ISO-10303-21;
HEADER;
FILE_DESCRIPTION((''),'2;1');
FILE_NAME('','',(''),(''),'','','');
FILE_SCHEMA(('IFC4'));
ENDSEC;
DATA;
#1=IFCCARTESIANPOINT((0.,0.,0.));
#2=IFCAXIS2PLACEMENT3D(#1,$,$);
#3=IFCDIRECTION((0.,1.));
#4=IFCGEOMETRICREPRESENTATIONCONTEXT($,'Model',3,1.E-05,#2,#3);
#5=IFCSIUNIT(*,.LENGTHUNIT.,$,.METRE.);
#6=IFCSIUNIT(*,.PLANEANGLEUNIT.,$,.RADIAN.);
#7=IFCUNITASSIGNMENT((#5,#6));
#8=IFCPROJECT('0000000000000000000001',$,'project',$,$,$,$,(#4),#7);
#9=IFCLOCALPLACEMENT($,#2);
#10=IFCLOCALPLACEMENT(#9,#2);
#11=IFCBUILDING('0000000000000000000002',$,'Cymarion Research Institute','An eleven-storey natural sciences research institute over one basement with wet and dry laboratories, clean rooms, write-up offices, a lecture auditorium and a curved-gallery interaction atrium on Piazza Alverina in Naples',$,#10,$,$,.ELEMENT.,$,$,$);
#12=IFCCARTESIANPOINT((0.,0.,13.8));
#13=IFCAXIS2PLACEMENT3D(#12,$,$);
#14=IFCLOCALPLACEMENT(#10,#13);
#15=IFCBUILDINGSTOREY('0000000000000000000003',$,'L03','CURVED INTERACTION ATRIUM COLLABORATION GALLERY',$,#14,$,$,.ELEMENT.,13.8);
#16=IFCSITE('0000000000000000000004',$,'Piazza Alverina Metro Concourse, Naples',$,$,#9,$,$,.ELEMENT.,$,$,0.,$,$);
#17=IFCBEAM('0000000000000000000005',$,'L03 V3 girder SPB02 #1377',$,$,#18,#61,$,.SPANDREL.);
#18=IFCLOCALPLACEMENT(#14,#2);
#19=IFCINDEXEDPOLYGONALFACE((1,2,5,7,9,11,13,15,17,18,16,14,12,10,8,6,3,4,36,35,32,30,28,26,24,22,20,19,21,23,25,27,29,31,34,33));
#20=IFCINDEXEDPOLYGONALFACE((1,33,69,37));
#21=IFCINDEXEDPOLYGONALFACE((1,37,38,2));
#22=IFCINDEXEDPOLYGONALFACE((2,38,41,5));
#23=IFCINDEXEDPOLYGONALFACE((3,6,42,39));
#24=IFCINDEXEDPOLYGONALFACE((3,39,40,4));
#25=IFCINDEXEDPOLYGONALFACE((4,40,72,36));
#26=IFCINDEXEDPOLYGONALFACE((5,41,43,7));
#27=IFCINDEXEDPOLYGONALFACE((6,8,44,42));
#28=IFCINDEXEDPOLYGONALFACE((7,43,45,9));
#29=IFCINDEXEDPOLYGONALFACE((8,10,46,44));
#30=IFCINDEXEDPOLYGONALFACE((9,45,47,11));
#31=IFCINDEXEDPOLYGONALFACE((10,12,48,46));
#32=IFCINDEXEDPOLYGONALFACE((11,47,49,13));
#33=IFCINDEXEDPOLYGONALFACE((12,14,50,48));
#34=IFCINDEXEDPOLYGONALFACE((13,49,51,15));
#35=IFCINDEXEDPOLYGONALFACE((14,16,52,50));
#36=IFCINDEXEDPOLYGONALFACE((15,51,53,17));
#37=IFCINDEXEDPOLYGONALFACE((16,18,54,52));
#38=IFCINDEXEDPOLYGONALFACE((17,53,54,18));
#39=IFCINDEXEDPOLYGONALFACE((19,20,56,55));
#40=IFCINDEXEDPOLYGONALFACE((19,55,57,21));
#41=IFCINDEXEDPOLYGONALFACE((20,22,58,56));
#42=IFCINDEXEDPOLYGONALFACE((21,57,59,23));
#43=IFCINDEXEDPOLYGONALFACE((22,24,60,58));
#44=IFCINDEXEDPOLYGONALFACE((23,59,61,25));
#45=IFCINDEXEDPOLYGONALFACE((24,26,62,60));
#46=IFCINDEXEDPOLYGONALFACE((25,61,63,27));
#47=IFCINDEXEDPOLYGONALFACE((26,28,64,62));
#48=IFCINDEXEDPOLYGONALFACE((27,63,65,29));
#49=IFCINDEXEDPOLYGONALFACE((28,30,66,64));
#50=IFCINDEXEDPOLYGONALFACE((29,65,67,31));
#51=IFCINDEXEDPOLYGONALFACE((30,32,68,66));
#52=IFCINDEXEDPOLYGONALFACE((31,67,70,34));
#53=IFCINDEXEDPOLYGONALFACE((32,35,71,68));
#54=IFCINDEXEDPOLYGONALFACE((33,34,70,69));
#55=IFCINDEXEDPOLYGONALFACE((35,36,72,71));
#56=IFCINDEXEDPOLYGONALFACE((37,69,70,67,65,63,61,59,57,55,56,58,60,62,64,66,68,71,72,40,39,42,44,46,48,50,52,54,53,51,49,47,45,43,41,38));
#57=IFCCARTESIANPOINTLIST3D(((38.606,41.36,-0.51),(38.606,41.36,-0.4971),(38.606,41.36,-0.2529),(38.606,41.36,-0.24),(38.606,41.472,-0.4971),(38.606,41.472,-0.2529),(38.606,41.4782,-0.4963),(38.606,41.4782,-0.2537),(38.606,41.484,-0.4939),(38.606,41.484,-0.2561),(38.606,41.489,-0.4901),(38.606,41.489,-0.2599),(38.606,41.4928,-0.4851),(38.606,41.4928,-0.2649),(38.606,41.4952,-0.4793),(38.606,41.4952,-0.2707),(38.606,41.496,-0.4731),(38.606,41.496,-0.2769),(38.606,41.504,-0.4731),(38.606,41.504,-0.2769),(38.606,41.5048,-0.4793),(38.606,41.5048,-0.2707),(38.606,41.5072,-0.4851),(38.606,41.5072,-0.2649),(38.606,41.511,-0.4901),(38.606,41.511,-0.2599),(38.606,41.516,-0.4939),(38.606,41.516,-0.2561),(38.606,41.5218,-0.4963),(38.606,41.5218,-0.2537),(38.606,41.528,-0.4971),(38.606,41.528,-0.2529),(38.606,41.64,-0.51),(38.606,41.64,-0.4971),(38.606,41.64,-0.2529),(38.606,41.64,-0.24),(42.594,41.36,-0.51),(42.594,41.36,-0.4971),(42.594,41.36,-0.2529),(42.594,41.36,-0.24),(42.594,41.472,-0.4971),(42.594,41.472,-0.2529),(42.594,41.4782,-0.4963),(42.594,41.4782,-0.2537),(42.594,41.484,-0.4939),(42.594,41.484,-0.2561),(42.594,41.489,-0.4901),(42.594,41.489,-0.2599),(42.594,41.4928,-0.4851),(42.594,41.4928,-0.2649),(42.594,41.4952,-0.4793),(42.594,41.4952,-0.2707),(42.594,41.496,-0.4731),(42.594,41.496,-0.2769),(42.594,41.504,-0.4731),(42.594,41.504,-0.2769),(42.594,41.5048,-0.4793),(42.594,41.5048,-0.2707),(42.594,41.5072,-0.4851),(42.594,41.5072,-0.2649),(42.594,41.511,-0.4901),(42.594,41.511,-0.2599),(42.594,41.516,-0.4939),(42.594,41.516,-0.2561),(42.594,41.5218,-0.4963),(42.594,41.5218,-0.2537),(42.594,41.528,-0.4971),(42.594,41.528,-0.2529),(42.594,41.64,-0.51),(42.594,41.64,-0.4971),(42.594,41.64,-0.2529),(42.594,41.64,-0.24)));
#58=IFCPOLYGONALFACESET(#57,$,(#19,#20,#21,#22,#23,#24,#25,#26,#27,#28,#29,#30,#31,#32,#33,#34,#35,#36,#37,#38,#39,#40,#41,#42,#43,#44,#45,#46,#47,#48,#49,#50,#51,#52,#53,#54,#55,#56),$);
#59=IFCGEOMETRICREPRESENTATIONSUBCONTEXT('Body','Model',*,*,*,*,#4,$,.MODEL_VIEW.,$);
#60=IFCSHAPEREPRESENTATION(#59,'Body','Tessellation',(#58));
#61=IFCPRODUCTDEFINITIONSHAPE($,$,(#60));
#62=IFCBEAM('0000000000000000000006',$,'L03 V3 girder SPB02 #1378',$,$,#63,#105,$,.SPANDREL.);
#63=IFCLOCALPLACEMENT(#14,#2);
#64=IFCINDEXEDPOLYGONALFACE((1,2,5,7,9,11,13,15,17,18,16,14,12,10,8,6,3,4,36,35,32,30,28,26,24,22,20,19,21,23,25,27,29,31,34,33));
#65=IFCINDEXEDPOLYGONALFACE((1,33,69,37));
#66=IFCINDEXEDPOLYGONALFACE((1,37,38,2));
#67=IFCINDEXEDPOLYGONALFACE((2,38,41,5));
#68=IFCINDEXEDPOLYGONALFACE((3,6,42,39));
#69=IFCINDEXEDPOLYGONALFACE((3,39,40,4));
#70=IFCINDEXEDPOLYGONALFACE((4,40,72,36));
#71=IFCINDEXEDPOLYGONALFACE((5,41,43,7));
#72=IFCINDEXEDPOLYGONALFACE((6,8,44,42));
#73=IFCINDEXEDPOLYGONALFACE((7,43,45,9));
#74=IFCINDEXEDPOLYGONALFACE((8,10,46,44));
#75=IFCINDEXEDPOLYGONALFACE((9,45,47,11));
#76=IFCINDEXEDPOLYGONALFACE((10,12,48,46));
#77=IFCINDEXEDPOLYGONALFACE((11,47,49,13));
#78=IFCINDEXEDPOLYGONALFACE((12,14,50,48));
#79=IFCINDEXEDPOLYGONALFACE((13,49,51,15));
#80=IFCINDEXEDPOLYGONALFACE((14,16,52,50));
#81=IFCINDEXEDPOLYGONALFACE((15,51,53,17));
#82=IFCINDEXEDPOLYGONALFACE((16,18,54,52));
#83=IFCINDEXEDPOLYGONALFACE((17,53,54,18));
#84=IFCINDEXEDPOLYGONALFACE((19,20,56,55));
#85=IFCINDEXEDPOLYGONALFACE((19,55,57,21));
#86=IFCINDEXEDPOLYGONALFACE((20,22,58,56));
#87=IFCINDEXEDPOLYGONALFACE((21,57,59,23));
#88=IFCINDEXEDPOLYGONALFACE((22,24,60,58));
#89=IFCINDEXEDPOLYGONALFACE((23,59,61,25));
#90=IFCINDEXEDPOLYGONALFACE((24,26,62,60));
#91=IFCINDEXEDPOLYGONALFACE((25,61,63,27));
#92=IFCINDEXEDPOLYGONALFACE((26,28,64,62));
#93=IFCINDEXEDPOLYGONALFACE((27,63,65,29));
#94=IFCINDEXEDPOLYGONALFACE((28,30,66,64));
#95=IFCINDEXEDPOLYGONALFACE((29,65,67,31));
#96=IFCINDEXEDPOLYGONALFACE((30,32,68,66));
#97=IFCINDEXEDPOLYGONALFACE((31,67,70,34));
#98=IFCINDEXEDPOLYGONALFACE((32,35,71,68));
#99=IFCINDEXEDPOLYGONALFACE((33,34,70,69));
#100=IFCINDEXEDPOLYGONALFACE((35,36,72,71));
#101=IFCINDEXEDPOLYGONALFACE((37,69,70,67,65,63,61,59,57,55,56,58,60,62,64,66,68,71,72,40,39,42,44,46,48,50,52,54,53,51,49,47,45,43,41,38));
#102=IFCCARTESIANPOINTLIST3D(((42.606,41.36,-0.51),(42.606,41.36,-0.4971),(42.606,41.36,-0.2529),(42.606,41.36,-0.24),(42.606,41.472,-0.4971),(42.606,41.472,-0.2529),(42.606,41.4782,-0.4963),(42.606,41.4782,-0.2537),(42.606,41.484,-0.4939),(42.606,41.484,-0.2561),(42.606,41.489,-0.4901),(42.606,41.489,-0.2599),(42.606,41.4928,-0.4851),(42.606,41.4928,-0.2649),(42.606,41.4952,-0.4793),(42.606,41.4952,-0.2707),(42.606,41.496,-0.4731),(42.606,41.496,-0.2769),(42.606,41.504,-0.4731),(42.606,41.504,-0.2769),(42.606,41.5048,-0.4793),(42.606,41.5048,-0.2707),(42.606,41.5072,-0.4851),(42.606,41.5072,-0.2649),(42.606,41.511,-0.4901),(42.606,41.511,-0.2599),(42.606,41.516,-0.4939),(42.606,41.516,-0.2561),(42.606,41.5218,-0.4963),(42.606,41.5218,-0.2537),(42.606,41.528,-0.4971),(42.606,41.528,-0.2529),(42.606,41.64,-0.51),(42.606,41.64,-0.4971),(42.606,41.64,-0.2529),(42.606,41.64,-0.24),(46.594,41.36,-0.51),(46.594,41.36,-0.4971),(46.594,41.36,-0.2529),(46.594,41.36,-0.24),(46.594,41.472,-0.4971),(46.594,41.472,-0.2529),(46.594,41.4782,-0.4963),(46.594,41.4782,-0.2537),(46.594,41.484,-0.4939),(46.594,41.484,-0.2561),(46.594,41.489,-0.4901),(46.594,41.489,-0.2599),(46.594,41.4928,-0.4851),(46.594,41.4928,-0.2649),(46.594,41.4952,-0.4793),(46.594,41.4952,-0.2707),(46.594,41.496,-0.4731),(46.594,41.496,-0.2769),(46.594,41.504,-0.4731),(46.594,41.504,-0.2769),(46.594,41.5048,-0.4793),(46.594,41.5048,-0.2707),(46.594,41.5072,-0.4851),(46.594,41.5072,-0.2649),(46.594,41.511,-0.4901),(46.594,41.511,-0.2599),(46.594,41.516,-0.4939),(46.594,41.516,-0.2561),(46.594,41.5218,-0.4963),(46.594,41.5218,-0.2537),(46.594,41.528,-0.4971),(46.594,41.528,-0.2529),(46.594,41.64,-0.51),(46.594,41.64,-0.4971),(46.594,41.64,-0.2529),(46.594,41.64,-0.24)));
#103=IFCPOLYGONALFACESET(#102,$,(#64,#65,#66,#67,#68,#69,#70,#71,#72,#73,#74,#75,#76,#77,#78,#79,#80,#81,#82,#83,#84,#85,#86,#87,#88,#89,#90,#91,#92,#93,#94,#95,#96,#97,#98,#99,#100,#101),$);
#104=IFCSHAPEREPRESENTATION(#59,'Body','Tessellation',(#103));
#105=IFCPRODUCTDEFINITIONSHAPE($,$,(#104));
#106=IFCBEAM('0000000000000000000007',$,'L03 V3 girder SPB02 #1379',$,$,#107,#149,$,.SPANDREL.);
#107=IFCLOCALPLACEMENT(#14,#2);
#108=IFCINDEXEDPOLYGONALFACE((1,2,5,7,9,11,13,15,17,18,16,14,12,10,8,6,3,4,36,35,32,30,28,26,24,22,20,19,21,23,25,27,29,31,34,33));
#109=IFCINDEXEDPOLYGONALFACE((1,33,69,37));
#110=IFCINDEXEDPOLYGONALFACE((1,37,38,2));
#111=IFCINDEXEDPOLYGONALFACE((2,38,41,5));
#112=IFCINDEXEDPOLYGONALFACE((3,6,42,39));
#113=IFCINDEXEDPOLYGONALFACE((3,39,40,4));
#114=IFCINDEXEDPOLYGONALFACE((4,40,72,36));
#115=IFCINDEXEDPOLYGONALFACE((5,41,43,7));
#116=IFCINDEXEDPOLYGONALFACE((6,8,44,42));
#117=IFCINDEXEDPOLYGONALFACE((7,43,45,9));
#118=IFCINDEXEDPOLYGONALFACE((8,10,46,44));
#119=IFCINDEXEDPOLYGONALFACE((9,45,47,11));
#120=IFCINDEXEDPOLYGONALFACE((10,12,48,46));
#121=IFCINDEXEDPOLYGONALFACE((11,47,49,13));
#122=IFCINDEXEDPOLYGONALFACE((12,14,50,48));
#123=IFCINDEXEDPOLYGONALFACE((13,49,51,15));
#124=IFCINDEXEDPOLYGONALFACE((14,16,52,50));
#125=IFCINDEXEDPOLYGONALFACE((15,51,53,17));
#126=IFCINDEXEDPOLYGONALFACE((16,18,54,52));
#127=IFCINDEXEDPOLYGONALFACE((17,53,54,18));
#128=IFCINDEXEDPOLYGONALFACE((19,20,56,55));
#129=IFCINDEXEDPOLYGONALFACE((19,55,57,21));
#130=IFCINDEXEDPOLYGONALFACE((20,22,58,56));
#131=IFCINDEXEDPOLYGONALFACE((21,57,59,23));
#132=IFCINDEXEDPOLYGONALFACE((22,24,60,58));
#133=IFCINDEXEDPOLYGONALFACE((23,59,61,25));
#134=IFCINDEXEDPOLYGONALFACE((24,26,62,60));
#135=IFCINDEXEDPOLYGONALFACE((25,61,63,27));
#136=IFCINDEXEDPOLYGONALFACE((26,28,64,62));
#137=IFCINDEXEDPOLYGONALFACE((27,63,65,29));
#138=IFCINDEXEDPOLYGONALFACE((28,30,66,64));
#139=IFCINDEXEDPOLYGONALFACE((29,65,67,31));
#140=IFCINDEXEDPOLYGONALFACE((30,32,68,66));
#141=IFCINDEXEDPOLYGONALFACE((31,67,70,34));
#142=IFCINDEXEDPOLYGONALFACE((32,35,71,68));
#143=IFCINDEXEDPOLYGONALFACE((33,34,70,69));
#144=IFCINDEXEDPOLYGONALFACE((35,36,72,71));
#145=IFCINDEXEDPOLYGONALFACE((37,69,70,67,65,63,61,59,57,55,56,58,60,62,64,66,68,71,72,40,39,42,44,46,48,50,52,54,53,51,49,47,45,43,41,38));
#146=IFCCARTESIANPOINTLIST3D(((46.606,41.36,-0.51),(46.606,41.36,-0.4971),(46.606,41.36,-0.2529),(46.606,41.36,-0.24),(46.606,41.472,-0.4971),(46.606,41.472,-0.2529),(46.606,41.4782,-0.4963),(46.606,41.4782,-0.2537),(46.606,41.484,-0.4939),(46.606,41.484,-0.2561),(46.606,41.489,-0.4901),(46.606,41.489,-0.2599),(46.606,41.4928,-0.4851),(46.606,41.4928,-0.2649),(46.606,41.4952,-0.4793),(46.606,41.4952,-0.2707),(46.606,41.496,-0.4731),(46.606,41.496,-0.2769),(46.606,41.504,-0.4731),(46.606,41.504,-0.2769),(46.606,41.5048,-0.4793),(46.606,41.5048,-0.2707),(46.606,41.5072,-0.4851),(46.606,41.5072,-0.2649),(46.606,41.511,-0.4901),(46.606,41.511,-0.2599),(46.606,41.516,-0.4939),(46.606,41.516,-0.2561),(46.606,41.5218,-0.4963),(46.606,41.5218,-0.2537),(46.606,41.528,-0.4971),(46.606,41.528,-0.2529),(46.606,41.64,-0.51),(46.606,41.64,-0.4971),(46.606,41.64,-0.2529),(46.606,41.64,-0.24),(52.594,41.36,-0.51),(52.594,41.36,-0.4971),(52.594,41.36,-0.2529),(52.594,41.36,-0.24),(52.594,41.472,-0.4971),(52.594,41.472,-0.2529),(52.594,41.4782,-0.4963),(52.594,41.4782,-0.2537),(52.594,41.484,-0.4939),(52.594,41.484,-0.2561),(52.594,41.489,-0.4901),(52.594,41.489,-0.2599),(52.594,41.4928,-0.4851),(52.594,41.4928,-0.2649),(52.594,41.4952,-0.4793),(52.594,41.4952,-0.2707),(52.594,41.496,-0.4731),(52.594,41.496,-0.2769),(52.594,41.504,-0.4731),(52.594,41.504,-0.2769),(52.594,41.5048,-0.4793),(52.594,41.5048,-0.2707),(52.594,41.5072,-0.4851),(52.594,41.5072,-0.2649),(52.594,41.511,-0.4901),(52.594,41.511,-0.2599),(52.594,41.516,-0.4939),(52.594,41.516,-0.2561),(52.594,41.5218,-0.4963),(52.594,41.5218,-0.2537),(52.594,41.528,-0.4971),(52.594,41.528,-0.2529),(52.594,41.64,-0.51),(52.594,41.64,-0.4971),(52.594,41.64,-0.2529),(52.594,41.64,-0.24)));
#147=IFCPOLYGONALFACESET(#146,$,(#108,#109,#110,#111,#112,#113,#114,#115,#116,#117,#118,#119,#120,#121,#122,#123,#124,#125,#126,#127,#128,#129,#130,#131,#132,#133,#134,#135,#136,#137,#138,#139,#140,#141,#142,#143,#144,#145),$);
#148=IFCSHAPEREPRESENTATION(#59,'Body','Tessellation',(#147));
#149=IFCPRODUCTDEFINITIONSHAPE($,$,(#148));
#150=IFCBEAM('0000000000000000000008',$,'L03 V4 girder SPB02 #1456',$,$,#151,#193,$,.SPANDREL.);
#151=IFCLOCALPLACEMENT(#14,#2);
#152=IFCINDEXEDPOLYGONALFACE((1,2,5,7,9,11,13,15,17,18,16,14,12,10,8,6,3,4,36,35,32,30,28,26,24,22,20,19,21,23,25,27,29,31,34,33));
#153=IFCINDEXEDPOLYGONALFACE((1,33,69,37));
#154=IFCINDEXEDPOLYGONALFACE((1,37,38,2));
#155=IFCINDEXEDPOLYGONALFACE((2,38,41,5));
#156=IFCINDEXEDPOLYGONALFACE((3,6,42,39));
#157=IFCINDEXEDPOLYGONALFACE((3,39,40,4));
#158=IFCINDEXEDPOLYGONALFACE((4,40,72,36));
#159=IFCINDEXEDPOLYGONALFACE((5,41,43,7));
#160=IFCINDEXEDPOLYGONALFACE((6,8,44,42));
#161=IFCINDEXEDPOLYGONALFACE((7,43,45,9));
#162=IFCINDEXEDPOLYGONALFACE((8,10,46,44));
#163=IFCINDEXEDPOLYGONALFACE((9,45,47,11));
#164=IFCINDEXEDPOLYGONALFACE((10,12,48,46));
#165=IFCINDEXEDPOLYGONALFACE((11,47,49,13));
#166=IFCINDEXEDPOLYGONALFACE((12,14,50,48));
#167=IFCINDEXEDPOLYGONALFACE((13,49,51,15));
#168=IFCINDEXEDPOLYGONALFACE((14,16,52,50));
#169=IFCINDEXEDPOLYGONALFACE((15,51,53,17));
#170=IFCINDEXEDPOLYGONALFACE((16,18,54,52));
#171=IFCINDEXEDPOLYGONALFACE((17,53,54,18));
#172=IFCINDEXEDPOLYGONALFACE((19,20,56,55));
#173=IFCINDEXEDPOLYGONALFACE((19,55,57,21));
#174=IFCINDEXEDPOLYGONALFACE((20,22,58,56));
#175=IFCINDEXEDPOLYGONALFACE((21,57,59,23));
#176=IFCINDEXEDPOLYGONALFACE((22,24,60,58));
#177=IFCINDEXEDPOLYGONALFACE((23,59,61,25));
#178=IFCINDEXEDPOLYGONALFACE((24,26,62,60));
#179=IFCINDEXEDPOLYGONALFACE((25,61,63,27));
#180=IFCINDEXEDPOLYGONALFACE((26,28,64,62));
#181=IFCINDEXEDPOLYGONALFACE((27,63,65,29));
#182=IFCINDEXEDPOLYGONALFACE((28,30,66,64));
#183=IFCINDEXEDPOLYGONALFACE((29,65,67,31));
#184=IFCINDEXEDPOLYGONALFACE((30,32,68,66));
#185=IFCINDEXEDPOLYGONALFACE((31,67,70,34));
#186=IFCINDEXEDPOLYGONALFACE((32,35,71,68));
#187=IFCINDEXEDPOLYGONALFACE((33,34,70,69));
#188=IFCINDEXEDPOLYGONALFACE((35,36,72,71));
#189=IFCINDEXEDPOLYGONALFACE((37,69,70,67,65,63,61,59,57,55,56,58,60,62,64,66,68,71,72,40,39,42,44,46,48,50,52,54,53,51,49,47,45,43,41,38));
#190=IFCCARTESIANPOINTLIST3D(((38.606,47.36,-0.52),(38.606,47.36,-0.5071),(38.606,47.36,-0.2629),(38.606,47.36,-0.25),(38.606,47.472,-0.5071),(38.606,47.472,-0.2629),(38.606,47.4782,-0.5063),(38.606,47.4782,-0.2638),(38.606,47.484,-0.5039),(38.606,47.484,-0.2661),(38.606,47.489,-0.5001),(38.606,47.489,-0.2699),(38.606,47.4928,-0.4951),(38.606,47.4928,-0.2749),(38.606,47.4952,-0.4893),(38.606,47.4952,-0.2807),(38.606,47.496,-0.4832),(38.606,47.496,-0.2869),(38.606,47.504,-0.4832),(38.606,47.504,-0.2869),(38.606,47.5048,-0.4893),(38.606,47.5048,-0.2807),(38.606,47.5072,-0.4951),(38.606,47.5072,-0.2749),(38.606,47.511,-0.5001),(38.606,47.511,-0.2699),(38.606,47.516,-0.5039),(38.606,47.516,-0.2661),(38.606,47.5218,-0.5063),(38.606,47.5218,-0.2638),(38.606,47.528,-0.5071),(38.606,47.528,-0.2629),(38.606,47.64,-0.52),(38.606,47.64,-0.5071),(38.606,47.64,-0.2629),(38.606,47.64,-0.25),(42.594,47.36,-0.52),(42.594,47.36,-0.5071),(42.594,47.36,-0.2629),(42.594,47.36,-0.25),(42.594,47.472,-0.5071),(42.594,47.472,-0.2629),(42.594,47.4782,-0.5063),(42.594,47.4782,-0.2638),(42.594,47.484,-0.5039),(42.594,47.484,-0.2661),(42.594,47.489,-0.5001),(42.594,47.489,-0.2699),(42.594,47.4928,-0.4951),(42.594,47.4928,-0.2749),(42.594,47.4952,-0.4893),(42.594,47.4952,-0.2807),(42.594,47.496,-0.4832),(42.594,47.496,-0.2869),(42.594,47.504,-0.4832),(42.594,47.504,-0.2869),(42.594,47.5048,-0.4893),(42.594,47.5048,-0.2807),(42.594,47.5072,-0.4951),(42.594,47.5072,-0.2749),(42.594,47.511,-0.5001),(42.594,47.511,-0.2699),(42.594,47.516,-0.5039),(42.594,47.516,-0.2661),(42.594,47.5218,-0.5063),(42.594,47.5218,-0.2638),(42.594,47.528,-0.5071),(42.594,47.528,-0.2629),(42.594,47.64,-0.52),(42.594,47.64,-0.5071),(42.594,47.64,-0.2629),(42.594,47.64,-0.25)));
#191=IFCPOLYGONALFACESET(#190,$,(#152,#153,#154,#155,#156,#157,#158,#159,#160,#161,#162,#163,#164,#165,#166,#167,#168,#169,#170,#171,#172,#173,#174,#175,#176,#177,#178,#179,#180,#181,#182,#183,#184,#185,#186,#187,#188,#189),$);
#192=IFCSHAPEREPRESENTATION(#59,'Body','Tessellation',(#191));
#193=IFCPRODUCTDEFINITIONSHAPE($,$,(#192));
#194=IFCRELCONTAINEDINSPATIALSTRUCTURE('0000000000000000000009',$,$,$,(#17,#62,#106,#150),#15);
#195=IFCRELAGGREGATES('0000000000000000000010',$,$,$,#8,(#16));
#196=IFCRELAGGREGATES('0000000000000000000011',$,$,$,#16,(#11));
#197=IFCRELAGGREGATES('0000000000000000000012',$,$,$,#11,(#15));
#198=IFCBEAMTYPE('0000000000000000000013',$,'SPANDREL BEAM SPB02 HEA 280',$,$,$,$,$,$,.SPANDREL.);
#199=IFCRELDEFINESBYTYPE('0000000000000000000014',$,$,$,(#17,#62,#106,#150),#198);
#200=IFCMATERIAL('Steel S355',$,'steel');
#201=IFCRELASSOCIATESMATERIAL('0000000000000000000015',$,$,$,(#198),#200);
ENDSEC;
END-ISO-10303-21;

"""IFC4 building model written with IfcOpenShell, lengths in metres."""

from ifc_helpers import new_model, si_unit, direction, frame, origin, origin_2d, place, context, subcontext, project, spatial, i_section, extrude, material, material_profile, profile_set, type_object, element, save


model = new_model("IFC4")

# Units and contexts
model_context = context("Model", 3, precision=1e-05, world=origin(), true_north=direction((0.0, 1.0)))
body_context = subcontext(model_context, "Body", "Model", "MODEL_VIEW")
ifc_project = project(units=[si_unit("LENGTHUNIT", "METRE"), si_unit("PLANEANGLEUNIT", "RADIAN")], contexts=[model_context])

# Site, building, storey
site_placement = place(None, origin())
site = spatial("IfcSite", under=ifc_project, at=site_placement, Name="Piazza Alverina Metro Concourse, Naples", CompositionType="ELEMENT", RefElevation=0.0)
building_placement = place(site_placement, origin())
building = spatial("IfcBuilding", under=site, at=building_placement, Name="Cymarion Research Institute", Description="An eleven-storey natural sciences research institute over one basement with wet and dry laboratories, clean rooms, write-up offices, a lecture auditorium and a curved-gallery interaction atrium on Piazza Alverina in Naples", CompositionType="ELEMENT")
storey_placement = place(building_placement, frame((0.0, 0.0, 13.8)))
storey = spatial("IfcBuildingStorey", under=building, at=storey_placement, Name="L03", Description="CURVED INTERACTION ATRIUM COLLABORATION GALLERY", CompositionType="ELEMENT", Elevation=13.8)

# Shared definitions
ifc_material_1 = material(Name="Steel S355", Category="steel")

# Beams
ifc_material_profile_1 = material_profile(ifc_material_1, i_section(OverallWidth=0.28, OverallDepth=0.27, WebThickness=0.0081, FlangeThickness=0.0129, FilletRadius=0.0239, at=origin_2d()), Name="HEA 280")
ifc_profile_set_1 = profile_set([ifc_material_profile_1], Name="Steel S355")
beam_type_1 = type_object("IfcBeamType", Name="SPANDREL BEAM SPB02 HEA 280", PredefinedType="SPANDREL", material=ifc_profile_set_1)
for number, where, z_axis, x_axis, name in (
    (1, (38.606, 41.5, -0.375), (1.0, 0.0, 0.0), (0.0, 1.0, 0.0), "L03 V3 girder SPB02 #1377"),
    (2, (42.606, 41.5, -0.375), (1.0, 0.0, 0.0), (0.0, 1.0, 0.0), "L03 V3 girder SPB02 #1378"),
):
    element("IfcBeam", number, at=place(storey_placement, frame(where, z_axis=z_axis, x_axis=x_axis)), inside=storey, type_object=beam_type_1, Name=name, PredefinedType="SPANDREL", context=body_context, shape_type="SweptSolid", body=[
        extrude(i_section(OverallWidth=0.28, OverallDepth=0.27, WebThickness=0.0081, FlangeThickness=0.0129, FilletRadius=0.0239, at=origin_2d()), origin(), (0.0, 0.0, 1.0), 3.988),
    ])
beam_1_placement = place(storey_placement, frame((46.606, 41.5, -0.375), z_axis=(1.0, 0.0, 0.0), x_axis=(0.0, 1.0, 0.0)))
element("IfcBeam", 3, at=beam_1_placement, inside=storey, type_object=beam_type_1, Name="L03 V3 girder SPB02 #1379", PredefinedType="SPANDREL", context=body_context, shape_type="SweptSolid", body=[
    extrude(i_section(OverallWidth=0.28, OverallDepth=0.27, WebThickness=0.0081, FlangeThickness=0.0129, FilletRadius=0.0239, at=origin_2d()), origin(), (0.0, 0.0, 1.0), 5.988),
])
for number, where, z_axis, x_axis, name in (
    (4, (38.606, 47.5, -0.385), (1.0, 0.0, 0.0), (0.0, 1.0, 0.0), "L03 V4 girder SPB02 #1456"),
):
    element("IfcBeam", number, at=place(storey_placement, frame(where, z_axis=z_axis, x_axis=x_axis)), inside=storey, type_object=beam_type_1, Name=name, PredefinedType="SPANDREL", context=body_context, shape_type="SweptSolid", body=[
        extrude(i_section(OverallWidth=0.28, OverallDepth=0.27, WebThickness=0.0081, FlangeThickness=0.0129, FilletRadius=0.0239, at=origin_2d()), origin(), (0.0, 0.0, 1.0), 3.988),
    ])

save(model, "model.ifc")
